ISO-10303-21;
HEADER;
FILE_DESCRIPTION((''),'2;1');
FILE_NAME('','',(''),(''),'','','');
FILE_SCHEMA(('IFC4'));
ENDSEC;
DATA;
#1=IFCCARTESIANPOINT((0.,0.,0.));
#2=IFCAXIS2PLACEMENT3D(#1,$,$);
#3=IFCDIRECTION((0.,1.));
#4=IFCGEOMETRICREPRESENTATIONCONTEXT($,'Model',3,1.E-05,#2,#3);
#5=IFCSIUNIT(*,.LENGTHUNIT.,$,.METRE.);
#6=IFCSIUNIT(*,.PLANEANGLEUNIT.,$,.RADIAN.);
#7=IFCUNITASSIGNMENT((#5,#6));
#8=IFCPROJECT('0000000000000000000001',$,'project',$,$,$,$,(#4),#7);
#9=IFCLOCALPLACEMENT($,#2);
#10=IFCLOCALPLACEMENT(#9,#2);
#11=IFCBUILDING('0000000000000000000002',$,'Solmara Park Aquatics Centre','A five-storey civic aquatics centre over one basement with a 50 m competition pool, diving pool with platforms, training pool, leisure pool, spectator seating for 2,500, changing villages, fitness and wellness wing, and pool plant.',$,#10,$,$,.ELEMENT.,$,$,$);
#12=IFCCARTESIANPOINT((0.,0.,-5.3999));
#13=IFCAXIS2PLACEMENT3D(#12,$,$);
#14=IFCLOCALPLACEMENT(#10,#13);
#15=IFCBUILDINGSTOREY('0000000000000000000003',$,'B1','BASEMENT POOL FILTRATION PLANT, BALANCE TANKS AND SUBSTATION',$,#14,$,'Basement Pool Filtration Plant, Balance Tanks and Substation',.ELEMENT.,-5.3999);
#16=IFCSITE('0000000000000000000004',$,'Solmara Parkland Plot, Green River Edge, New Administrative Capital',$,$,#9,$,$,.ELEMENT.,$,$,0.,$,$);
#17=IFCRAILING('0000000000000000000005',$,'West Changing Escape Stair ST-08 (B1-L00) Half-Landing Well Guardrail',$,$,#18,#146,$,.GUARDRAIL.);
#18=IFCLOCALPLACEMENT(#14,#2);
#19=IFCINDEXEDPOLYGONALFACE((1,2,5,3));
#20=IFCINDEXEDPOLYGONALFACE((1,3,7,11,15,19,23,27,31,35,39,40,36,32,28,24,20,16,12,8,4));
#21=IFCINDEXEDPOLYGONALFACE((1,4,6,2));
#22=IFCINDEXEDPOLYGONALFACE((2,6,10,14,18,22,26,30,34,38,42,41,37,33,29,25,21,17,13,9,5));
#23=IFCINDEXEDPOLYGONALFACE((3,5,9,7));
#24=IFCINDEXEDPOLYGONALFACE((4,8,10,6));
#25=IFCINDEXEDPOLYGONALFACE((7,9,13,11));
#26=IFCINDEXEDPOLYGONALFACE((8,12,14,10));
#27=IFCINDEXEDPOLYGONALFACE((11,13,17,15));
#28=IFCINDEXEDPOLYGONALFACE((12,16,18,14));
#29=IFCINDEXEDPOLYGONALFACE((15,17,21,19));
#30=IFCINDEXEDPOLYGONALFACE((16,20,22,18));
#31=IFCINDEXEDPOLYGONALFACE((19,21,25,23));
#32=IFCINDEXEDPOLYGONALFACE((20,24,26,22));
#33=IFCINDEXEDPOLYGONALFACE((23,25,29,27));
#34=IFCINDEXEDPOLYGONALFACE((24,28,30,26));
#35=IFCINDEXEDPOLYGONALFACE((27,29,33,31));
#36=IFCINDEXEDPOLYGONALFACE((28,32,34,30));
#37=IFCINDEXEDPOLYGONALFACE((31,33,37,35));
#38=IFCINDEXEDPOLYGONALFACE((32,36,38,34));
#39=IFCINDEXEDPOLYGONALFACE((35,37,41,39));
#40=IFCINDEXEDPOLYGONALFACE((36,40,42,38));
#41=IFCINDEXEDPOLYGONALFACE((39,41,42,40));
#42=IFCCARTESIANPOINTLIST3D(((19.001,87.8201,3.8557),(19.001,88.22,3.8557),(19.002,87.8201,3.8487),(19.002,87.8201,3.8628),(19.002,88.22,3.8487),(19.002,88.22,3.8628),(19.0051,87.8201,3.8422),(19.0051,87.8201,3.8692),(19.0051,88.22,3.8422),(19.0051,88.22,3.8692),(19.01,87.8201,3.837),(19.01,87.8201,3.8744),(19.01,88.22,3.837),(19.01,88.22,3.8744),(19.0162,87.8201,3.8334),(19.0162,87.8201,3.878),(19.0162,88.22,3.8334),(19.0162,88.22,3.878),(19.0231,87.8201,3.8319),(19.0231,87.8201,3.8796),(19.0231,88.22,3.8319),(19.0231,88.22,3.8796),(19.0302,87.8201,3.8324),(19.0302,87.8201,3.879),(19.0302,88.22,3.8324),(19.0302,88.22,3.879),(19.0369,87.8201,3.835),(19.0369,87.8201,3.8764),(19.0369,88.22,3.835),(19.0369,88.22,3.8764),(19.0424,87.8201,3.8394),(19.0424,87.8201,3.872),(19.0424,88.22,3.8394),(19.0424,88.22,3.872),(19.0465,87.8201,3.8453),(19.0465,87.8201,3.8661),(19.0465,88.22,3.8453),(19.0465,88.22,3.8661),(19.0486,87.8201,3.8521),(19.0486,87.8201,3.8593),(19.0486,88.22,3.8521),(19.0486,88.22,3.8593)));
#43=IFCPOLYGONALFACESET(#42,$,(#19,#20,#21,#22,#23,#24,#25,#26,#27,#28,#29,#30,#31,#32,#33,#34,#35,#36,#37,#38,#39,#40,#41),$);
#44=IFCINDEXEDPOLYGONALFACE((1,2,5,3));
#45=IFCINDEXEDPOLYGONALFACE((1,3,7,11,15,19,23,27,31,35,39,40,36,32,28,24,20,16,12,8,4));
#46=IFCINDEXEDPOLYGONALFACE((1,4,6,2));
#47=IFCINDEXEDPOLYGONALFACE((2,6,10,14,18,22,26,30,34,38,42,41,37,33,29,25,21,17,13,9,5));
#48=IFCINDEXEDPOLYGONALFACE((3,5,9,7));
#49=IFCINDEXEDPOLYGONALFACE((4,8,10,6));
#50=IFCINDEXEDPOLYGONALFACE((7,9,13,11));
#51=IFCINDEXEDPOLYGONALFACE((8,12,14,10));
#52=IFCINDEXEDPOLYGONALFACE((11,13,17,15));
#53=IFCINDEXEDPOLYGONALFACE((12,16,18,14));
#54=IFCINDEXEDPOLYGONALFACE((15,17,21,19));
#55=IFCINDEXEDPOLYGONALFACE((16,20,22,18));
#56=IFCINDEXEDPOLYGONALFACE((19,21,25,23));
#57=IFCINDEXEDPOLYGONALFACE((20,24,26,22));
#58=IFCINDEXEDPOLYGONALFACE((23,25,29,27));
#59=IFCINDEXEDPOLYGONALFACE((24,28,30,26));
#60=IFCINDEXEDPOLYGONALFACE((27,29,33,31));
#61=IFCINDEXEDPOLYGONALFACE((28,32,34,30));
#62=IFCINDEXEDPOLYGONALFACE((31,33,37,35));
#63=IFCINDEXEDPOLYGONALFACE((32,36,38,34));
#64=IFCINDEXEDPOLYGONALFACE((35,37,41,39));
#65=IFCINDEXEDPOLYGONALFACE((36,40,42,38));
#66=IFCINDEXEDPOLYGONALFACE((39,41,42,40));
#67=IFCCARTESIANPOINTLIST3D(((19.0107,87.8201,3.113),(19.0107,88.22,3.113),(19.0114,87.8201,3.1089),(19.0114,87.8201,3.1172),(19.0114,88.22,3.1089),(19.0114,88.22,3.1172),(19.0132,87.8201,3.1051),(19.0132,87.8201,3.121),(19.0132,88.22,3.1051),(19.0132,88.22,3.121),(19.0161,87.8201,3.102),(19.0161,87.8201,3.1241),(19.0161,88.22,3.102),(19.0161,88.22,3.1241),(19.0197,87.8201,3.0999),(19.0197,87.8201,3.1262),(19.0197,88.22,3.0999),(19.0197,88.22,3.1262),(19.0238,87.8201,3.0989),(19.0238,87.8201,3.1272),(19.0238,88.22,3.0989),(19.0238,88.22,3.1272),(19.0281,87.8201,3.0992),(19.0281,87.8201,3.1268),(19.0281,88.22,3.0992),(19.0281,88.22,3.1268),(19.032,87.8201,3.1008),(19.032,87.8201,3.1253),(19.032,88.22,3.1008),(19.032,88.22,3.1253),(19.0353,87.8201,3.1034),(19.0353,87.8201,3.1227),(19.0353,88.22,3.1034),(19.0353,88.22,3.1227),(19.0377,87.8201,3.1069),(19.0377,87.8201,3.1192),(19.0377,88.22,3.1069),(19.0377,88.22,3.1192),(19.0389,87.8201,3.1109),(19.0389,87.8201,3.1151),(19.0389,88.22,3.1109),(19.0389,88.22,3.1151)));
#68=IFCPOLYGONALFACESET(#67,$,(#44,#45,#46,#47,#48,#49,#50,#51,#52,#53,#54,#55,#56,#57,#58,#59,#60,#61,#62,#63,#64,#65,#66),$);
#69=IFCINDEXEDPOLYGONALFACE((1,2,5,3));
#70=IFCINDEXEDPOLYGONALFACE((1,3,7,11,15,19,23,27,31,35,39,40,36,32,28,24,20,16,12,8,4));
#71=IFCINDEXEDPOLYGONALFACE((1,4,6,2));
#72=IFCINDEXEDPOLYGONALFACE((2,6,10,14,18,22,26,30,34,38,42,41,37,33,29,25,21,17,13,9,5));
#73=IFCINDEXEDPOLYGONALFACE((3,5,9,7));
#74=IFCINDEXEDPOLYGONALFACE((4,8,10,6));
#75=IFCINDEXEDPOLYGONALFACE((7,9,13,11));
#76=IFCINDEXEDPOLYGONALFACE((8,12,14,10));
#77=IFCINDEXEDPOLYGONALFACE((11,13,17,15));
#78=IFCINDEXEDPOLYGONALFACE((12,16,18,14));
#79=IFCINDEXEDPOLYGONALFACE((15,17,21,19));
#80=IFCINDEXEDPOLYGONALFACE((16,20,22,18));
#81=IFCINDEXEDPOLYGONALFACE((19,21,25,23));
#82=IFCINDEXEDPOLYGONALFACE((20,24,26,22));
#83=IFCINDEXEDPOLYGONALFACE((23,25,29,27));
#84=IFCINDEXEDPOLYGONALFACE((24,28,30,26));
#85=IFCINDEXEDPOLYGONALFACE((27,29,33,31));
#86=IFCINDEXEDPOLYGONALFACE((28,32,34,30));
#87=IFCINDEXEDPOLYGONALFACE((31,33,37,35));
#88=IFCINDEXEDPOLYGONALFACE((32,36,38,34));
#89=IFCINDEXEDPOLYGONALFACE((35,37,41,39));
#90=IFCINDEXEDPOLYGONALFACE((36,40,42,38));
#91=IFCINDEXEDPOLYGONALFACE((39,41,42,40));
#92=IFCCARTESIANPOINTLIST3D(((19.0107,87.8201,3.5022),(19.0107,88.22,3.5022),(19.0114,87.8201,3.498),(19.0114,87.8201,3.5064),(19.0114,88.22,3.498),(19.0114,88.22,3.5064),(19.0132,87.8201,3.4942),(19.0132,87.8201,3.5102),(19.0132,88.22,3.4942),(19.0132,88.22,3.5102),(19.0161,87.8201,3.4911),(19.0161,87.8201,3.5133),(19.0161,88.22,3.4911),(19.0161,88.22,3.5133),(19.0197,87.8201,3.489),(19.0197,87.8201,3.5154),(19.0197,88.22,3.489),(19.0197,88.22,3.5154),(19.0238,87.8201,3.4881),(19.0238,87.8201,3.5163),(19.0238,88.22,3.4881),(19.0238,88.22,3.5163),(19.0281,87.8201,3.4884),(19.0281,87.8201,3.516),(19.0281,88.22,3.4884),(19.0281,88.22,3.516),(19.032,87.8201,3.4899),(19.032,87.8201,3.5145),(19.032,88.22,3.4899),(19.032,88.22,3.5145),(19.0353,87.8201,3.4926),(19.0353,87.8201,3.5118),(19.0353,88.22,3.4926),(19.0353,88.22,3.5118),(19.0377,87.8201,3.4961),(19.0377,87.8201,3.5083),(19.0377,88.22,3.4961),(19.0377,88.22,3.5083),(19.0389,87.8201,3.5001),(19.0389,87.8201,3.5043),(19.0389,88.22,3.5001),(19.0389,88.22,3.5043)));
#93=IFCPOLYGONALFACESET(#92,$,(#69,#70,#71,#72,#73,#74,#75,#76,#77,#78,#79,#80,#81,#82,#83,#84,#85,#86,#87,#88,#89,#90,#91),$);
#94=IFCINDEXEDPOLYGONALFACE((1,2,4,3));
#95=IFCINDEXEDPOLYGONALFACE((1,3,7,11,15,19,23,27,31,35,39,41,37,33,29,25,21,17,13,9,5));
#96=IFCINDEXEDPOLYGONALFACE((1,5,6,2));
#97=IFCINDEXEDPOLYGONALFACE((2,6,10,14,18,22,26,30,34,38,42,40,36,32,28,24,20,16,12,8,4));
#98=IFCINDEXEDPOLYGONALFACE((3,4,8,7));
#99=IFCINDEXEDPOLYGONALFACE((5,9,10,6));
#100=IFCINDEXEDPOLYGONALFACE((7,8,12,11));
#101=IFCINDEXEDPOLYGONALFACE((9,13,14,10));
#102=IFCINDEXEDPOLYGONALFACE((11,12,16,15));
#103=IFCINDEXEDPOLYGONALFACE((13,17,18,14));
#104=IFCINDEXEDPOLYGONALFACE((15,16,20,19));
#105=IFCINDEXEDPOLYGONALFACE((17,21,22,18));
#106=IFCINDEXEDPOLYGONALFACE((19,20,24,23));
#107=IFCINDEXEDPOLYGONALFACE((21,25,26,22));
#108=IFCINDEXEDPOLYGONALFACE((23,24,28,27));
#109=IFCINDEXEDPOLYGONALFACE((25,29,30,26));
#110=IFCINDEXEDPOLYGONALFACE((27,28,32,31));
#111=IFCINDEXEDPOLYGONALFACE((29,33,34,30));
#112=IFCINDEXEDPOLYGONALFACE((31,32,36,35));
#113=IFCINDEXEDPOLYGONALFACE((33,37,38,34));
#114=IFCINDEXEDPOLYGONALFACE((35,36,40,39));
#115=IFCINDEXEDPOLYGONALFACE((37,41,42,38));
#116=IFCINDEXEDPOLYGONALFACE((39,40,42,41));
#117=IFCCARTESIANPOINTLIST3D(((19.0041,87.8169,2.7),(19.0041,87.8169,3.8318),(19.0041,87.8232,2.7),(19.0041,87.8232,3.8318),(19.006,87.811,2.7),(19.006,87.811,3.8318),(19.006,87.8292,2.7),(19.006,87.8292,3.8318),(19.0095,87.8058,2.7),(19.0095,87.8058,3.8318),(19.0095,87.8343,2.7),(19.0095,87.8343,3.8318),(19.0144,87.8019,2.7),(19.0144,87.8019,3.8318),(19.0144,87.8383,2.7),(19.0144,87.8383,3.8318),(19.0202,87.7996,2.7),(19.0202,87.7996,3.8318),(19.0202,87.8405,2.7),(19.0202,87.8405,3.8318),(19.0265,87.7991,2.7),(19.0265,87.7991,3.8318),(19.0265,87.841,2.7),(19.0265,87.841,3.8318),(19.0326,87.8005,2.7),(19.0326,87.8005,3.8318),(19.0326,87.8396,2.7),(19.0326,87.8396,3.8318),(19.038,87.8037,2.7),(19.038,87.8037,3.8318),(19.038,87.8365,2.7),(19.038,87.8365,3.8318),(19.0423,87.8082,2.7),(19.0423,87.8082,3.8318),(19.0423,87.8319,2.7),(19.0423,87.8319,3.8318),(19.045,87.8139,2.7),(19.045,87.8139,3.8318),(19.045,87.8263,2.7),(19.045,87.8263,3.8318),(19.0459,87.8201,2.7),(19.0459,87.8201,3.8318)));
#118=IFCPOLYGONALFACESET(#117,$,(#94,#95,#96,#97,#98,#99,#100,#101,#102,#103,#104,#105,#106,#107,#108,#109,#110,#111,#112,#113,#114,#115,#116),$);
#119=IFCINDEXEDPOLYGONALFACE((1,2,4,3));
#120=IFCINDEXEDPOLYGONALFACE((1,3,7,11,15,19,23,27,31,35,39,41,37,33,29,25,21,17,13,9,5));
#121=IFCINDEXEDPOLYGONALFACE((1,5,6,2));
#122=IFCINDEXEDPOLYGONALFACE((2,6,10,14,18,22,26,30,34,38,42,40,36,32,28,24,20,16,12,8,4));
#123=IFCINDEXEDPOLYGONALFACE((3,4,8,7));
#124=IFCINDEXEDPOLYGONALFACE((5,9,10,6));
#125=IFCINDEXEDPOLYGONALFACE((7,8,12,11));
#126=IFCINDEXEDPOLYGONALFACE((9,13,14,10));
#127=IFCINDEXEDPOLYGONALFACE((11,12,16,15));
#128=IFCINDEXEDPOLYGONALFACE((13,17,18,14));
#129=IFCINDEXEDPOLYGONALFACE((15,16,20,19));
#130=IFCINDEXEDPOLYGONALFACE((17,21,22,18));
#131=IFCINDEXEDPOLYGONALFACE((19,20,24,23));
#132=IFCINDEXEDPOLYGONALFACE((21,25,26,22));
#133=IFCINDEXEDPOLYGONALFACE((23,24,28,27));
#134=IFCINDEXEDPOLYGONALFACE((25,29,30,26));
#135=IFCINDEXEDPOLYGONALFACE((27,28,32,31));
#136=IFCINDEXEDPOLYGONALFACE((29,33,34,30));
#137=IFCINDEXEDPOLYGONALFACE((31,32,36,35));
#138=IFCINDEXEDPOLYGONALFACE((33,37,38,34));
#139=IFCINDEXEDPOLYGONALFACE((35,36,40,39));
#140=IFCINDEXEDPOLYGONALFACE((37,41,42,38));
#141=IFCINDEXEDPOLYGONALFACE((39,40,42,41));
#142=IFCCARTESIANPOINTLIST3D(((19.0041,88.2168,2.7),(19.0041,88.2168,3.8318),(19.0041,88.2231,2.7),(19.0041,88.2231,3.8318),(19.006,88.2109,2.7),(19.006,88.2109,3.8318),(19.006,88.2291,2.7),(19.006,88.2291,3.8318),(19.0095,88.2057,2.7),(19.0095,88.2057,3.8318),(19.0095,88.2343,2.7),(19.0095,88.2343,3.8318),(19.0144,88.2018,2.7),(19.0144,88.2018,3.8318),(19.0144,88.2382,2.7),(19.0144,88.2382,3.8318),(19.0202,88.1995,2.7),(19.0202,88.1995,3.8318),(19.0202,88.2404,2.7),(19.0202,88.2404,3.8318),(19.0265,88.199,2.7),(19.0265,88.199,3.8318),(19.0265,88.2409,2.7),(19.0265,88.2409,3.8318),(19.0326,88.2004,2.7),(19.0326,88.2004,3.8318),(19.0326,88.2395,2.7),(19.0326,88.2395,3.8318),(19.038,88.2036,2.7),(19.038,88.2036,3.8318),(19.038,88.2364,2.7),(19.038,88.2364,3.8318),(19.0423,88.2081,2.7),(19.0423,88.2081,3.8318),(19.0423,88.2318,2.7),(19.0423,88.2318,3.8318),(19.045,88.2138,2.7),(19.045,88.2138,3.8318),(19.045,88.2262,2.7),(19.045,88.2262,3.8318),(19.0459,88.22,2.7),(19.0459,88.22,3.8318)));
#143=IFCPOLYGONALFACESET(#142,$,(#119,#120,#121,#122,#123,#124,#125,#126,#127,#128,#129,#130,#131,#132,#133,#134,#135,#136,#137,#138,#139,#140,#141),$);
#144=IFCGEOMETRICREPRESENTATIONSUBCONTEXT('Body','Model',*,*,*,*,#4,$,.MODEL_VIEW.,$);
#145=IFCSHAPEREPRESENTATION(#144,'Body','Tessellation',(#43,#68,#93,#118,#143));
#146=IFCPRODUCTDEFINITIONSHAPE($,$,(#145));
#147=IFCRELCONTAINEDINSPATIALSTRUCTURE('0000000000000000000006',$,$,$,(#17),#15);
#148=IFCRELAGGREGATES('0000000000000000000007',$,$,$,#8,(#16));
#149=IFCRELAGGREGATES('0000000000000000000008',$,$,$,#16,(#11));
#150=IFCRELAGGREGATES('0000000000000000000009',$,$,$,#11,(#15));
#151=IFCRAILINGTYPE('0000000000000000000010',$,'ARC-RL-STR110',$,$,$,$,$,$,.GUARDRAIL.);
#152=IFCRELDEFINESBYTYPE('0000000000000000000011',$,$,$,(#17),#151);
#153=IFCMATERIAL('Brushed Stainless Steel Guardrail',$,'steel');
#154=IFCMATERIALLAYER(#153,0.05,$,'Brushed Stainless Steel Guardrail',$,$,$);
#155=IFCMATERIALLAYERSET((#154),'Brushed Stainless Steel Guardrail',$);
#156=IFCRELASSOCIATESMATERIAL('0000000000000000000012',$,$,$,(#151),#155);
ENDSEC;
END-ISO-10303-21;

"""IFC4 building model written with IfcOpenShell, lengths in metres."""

from ifc_helpers import new_model, si_unit, direction, frame, origin, origin_2d, place, context, subcontext, project, spatial, circle, extrude, material, layer, layer_set, type_object, element, save


model = new_model("IFC4")

# Units and contexts
model_context = context("Model", 3, precision=1e-05, world=origin(), true_north=direction((0.0, 1.0)))
body_context = subcontext(model_context, "Body", "Model", "MODEL_VIEW")
ifc_project = project(units=[si_unit("LENGTHUNIT", "METRE"), si_unit("PLANEANGLEUNIT", "RADIAN")], contexts=[model_context])

# Site, building, storey
site_placement = place(None, origin())
site = spatial("IfcSite", under=ifc_project, at=site_placement, Name="Solmara Parkland Plot, Green River Edge, New Administrative Capital", CompositionType="ELEMENT", RefElevation=0.0)
building_placement = place(site_placement, origin())
building = spatial("IfcBuilding", under=site, at=building_placement, Name="Solmara Park Aquatics Centre", Description="A five-storey civic aquatics centre over one basement with a 50 m competition pool, diving pool with platforms, training pool, leisure pool, spectator seating for 2,500, changing villages, fitness and wellness wing, and pool plant.", CompositionType="ELEMENT")
storey_placement = place(building_placement, frame((0.0, 0.0, -5.3999)))
storey = spatial("IfcBuildingStorey", under=building, at=storey_placement, Name="B1", Description="BASEMENT POOL FILTRATION PLANT, BALANCE TANKS AND SUBSTATION", LongName="Basement Pool Filtration Plant, Balance Tanks and Substation", CompositionType="ELEMENT", Elevation=-5.3999)

# Railing
ifc_material_1 = material(Name="Brushed Stainless Steel Guardrail", Category="steel")
ifc_layer_1 = layer(ifc_material_1, 0.05, Name="Brushed Stainless Steel Guardrail")
ifc_layer_set_1 = layer_set([ifc_layer_1], Name="Brushed Stainless Steel Guardrail")
railing_type_1 = type_object("IfcRailingType", Name="ARC-RL-STR110", PredefinedType="GUARDRAIL", material=ifc_layer_set_1)
railing_1_placement = place(storey_placement, frame((19.0249, 87.8201, 2.7)))
element("IfcRailing", 1, at=railing_1_placement, inside=storey, type_object=railing_type_1, Name="West Changing Escape Stair ST-08 (B1-L00) Half-Landing Well Guardrail", PredefinedType="GUARDRAIL", context=body_context, shape_type="SweptSolid", body=[
    extrude(circle(Radius=0.0239, at=origin_2d()), frame((0.0, 0.0, 1.1558), z_axis=(0.0, 1.0, 0.0), x_axis=(-1.0, 0.0, 0.0)), (0.0, 0.0, 1.0), 0.3999),
    extrude(circle(Radius=0.0142, at=origin_2d()), frame((0.0, 0.0, 0.4131), z_axis=(0.0, 1.0, 0.0), x_axis=(-1.0, 0.0, 0.0)), (0.0, 0.0, 1.0), 0.3999),
    extrude(circle(Radius=0.0142, at=origin_2d()), frame((0.0, 0.0, 0.8022), z_axis=(0.0, 1.0, 0.0), x_axis=(-1.0, 0.0, 0.0)), (0.0, 0.0, 1.0), 0.3999),
    extrude(circle(Radius=0.021, at=origin_2d()), origin(), (0.0, 0.0, 1.0), 1.1318),
    extrude(circle(Radius=0.021, at=origin_2d()), frame((0.0, 0.3999, 0.0)), (0.0, 0.0, 1.0), 1.1318),
])

save(model, "model.ifc")
